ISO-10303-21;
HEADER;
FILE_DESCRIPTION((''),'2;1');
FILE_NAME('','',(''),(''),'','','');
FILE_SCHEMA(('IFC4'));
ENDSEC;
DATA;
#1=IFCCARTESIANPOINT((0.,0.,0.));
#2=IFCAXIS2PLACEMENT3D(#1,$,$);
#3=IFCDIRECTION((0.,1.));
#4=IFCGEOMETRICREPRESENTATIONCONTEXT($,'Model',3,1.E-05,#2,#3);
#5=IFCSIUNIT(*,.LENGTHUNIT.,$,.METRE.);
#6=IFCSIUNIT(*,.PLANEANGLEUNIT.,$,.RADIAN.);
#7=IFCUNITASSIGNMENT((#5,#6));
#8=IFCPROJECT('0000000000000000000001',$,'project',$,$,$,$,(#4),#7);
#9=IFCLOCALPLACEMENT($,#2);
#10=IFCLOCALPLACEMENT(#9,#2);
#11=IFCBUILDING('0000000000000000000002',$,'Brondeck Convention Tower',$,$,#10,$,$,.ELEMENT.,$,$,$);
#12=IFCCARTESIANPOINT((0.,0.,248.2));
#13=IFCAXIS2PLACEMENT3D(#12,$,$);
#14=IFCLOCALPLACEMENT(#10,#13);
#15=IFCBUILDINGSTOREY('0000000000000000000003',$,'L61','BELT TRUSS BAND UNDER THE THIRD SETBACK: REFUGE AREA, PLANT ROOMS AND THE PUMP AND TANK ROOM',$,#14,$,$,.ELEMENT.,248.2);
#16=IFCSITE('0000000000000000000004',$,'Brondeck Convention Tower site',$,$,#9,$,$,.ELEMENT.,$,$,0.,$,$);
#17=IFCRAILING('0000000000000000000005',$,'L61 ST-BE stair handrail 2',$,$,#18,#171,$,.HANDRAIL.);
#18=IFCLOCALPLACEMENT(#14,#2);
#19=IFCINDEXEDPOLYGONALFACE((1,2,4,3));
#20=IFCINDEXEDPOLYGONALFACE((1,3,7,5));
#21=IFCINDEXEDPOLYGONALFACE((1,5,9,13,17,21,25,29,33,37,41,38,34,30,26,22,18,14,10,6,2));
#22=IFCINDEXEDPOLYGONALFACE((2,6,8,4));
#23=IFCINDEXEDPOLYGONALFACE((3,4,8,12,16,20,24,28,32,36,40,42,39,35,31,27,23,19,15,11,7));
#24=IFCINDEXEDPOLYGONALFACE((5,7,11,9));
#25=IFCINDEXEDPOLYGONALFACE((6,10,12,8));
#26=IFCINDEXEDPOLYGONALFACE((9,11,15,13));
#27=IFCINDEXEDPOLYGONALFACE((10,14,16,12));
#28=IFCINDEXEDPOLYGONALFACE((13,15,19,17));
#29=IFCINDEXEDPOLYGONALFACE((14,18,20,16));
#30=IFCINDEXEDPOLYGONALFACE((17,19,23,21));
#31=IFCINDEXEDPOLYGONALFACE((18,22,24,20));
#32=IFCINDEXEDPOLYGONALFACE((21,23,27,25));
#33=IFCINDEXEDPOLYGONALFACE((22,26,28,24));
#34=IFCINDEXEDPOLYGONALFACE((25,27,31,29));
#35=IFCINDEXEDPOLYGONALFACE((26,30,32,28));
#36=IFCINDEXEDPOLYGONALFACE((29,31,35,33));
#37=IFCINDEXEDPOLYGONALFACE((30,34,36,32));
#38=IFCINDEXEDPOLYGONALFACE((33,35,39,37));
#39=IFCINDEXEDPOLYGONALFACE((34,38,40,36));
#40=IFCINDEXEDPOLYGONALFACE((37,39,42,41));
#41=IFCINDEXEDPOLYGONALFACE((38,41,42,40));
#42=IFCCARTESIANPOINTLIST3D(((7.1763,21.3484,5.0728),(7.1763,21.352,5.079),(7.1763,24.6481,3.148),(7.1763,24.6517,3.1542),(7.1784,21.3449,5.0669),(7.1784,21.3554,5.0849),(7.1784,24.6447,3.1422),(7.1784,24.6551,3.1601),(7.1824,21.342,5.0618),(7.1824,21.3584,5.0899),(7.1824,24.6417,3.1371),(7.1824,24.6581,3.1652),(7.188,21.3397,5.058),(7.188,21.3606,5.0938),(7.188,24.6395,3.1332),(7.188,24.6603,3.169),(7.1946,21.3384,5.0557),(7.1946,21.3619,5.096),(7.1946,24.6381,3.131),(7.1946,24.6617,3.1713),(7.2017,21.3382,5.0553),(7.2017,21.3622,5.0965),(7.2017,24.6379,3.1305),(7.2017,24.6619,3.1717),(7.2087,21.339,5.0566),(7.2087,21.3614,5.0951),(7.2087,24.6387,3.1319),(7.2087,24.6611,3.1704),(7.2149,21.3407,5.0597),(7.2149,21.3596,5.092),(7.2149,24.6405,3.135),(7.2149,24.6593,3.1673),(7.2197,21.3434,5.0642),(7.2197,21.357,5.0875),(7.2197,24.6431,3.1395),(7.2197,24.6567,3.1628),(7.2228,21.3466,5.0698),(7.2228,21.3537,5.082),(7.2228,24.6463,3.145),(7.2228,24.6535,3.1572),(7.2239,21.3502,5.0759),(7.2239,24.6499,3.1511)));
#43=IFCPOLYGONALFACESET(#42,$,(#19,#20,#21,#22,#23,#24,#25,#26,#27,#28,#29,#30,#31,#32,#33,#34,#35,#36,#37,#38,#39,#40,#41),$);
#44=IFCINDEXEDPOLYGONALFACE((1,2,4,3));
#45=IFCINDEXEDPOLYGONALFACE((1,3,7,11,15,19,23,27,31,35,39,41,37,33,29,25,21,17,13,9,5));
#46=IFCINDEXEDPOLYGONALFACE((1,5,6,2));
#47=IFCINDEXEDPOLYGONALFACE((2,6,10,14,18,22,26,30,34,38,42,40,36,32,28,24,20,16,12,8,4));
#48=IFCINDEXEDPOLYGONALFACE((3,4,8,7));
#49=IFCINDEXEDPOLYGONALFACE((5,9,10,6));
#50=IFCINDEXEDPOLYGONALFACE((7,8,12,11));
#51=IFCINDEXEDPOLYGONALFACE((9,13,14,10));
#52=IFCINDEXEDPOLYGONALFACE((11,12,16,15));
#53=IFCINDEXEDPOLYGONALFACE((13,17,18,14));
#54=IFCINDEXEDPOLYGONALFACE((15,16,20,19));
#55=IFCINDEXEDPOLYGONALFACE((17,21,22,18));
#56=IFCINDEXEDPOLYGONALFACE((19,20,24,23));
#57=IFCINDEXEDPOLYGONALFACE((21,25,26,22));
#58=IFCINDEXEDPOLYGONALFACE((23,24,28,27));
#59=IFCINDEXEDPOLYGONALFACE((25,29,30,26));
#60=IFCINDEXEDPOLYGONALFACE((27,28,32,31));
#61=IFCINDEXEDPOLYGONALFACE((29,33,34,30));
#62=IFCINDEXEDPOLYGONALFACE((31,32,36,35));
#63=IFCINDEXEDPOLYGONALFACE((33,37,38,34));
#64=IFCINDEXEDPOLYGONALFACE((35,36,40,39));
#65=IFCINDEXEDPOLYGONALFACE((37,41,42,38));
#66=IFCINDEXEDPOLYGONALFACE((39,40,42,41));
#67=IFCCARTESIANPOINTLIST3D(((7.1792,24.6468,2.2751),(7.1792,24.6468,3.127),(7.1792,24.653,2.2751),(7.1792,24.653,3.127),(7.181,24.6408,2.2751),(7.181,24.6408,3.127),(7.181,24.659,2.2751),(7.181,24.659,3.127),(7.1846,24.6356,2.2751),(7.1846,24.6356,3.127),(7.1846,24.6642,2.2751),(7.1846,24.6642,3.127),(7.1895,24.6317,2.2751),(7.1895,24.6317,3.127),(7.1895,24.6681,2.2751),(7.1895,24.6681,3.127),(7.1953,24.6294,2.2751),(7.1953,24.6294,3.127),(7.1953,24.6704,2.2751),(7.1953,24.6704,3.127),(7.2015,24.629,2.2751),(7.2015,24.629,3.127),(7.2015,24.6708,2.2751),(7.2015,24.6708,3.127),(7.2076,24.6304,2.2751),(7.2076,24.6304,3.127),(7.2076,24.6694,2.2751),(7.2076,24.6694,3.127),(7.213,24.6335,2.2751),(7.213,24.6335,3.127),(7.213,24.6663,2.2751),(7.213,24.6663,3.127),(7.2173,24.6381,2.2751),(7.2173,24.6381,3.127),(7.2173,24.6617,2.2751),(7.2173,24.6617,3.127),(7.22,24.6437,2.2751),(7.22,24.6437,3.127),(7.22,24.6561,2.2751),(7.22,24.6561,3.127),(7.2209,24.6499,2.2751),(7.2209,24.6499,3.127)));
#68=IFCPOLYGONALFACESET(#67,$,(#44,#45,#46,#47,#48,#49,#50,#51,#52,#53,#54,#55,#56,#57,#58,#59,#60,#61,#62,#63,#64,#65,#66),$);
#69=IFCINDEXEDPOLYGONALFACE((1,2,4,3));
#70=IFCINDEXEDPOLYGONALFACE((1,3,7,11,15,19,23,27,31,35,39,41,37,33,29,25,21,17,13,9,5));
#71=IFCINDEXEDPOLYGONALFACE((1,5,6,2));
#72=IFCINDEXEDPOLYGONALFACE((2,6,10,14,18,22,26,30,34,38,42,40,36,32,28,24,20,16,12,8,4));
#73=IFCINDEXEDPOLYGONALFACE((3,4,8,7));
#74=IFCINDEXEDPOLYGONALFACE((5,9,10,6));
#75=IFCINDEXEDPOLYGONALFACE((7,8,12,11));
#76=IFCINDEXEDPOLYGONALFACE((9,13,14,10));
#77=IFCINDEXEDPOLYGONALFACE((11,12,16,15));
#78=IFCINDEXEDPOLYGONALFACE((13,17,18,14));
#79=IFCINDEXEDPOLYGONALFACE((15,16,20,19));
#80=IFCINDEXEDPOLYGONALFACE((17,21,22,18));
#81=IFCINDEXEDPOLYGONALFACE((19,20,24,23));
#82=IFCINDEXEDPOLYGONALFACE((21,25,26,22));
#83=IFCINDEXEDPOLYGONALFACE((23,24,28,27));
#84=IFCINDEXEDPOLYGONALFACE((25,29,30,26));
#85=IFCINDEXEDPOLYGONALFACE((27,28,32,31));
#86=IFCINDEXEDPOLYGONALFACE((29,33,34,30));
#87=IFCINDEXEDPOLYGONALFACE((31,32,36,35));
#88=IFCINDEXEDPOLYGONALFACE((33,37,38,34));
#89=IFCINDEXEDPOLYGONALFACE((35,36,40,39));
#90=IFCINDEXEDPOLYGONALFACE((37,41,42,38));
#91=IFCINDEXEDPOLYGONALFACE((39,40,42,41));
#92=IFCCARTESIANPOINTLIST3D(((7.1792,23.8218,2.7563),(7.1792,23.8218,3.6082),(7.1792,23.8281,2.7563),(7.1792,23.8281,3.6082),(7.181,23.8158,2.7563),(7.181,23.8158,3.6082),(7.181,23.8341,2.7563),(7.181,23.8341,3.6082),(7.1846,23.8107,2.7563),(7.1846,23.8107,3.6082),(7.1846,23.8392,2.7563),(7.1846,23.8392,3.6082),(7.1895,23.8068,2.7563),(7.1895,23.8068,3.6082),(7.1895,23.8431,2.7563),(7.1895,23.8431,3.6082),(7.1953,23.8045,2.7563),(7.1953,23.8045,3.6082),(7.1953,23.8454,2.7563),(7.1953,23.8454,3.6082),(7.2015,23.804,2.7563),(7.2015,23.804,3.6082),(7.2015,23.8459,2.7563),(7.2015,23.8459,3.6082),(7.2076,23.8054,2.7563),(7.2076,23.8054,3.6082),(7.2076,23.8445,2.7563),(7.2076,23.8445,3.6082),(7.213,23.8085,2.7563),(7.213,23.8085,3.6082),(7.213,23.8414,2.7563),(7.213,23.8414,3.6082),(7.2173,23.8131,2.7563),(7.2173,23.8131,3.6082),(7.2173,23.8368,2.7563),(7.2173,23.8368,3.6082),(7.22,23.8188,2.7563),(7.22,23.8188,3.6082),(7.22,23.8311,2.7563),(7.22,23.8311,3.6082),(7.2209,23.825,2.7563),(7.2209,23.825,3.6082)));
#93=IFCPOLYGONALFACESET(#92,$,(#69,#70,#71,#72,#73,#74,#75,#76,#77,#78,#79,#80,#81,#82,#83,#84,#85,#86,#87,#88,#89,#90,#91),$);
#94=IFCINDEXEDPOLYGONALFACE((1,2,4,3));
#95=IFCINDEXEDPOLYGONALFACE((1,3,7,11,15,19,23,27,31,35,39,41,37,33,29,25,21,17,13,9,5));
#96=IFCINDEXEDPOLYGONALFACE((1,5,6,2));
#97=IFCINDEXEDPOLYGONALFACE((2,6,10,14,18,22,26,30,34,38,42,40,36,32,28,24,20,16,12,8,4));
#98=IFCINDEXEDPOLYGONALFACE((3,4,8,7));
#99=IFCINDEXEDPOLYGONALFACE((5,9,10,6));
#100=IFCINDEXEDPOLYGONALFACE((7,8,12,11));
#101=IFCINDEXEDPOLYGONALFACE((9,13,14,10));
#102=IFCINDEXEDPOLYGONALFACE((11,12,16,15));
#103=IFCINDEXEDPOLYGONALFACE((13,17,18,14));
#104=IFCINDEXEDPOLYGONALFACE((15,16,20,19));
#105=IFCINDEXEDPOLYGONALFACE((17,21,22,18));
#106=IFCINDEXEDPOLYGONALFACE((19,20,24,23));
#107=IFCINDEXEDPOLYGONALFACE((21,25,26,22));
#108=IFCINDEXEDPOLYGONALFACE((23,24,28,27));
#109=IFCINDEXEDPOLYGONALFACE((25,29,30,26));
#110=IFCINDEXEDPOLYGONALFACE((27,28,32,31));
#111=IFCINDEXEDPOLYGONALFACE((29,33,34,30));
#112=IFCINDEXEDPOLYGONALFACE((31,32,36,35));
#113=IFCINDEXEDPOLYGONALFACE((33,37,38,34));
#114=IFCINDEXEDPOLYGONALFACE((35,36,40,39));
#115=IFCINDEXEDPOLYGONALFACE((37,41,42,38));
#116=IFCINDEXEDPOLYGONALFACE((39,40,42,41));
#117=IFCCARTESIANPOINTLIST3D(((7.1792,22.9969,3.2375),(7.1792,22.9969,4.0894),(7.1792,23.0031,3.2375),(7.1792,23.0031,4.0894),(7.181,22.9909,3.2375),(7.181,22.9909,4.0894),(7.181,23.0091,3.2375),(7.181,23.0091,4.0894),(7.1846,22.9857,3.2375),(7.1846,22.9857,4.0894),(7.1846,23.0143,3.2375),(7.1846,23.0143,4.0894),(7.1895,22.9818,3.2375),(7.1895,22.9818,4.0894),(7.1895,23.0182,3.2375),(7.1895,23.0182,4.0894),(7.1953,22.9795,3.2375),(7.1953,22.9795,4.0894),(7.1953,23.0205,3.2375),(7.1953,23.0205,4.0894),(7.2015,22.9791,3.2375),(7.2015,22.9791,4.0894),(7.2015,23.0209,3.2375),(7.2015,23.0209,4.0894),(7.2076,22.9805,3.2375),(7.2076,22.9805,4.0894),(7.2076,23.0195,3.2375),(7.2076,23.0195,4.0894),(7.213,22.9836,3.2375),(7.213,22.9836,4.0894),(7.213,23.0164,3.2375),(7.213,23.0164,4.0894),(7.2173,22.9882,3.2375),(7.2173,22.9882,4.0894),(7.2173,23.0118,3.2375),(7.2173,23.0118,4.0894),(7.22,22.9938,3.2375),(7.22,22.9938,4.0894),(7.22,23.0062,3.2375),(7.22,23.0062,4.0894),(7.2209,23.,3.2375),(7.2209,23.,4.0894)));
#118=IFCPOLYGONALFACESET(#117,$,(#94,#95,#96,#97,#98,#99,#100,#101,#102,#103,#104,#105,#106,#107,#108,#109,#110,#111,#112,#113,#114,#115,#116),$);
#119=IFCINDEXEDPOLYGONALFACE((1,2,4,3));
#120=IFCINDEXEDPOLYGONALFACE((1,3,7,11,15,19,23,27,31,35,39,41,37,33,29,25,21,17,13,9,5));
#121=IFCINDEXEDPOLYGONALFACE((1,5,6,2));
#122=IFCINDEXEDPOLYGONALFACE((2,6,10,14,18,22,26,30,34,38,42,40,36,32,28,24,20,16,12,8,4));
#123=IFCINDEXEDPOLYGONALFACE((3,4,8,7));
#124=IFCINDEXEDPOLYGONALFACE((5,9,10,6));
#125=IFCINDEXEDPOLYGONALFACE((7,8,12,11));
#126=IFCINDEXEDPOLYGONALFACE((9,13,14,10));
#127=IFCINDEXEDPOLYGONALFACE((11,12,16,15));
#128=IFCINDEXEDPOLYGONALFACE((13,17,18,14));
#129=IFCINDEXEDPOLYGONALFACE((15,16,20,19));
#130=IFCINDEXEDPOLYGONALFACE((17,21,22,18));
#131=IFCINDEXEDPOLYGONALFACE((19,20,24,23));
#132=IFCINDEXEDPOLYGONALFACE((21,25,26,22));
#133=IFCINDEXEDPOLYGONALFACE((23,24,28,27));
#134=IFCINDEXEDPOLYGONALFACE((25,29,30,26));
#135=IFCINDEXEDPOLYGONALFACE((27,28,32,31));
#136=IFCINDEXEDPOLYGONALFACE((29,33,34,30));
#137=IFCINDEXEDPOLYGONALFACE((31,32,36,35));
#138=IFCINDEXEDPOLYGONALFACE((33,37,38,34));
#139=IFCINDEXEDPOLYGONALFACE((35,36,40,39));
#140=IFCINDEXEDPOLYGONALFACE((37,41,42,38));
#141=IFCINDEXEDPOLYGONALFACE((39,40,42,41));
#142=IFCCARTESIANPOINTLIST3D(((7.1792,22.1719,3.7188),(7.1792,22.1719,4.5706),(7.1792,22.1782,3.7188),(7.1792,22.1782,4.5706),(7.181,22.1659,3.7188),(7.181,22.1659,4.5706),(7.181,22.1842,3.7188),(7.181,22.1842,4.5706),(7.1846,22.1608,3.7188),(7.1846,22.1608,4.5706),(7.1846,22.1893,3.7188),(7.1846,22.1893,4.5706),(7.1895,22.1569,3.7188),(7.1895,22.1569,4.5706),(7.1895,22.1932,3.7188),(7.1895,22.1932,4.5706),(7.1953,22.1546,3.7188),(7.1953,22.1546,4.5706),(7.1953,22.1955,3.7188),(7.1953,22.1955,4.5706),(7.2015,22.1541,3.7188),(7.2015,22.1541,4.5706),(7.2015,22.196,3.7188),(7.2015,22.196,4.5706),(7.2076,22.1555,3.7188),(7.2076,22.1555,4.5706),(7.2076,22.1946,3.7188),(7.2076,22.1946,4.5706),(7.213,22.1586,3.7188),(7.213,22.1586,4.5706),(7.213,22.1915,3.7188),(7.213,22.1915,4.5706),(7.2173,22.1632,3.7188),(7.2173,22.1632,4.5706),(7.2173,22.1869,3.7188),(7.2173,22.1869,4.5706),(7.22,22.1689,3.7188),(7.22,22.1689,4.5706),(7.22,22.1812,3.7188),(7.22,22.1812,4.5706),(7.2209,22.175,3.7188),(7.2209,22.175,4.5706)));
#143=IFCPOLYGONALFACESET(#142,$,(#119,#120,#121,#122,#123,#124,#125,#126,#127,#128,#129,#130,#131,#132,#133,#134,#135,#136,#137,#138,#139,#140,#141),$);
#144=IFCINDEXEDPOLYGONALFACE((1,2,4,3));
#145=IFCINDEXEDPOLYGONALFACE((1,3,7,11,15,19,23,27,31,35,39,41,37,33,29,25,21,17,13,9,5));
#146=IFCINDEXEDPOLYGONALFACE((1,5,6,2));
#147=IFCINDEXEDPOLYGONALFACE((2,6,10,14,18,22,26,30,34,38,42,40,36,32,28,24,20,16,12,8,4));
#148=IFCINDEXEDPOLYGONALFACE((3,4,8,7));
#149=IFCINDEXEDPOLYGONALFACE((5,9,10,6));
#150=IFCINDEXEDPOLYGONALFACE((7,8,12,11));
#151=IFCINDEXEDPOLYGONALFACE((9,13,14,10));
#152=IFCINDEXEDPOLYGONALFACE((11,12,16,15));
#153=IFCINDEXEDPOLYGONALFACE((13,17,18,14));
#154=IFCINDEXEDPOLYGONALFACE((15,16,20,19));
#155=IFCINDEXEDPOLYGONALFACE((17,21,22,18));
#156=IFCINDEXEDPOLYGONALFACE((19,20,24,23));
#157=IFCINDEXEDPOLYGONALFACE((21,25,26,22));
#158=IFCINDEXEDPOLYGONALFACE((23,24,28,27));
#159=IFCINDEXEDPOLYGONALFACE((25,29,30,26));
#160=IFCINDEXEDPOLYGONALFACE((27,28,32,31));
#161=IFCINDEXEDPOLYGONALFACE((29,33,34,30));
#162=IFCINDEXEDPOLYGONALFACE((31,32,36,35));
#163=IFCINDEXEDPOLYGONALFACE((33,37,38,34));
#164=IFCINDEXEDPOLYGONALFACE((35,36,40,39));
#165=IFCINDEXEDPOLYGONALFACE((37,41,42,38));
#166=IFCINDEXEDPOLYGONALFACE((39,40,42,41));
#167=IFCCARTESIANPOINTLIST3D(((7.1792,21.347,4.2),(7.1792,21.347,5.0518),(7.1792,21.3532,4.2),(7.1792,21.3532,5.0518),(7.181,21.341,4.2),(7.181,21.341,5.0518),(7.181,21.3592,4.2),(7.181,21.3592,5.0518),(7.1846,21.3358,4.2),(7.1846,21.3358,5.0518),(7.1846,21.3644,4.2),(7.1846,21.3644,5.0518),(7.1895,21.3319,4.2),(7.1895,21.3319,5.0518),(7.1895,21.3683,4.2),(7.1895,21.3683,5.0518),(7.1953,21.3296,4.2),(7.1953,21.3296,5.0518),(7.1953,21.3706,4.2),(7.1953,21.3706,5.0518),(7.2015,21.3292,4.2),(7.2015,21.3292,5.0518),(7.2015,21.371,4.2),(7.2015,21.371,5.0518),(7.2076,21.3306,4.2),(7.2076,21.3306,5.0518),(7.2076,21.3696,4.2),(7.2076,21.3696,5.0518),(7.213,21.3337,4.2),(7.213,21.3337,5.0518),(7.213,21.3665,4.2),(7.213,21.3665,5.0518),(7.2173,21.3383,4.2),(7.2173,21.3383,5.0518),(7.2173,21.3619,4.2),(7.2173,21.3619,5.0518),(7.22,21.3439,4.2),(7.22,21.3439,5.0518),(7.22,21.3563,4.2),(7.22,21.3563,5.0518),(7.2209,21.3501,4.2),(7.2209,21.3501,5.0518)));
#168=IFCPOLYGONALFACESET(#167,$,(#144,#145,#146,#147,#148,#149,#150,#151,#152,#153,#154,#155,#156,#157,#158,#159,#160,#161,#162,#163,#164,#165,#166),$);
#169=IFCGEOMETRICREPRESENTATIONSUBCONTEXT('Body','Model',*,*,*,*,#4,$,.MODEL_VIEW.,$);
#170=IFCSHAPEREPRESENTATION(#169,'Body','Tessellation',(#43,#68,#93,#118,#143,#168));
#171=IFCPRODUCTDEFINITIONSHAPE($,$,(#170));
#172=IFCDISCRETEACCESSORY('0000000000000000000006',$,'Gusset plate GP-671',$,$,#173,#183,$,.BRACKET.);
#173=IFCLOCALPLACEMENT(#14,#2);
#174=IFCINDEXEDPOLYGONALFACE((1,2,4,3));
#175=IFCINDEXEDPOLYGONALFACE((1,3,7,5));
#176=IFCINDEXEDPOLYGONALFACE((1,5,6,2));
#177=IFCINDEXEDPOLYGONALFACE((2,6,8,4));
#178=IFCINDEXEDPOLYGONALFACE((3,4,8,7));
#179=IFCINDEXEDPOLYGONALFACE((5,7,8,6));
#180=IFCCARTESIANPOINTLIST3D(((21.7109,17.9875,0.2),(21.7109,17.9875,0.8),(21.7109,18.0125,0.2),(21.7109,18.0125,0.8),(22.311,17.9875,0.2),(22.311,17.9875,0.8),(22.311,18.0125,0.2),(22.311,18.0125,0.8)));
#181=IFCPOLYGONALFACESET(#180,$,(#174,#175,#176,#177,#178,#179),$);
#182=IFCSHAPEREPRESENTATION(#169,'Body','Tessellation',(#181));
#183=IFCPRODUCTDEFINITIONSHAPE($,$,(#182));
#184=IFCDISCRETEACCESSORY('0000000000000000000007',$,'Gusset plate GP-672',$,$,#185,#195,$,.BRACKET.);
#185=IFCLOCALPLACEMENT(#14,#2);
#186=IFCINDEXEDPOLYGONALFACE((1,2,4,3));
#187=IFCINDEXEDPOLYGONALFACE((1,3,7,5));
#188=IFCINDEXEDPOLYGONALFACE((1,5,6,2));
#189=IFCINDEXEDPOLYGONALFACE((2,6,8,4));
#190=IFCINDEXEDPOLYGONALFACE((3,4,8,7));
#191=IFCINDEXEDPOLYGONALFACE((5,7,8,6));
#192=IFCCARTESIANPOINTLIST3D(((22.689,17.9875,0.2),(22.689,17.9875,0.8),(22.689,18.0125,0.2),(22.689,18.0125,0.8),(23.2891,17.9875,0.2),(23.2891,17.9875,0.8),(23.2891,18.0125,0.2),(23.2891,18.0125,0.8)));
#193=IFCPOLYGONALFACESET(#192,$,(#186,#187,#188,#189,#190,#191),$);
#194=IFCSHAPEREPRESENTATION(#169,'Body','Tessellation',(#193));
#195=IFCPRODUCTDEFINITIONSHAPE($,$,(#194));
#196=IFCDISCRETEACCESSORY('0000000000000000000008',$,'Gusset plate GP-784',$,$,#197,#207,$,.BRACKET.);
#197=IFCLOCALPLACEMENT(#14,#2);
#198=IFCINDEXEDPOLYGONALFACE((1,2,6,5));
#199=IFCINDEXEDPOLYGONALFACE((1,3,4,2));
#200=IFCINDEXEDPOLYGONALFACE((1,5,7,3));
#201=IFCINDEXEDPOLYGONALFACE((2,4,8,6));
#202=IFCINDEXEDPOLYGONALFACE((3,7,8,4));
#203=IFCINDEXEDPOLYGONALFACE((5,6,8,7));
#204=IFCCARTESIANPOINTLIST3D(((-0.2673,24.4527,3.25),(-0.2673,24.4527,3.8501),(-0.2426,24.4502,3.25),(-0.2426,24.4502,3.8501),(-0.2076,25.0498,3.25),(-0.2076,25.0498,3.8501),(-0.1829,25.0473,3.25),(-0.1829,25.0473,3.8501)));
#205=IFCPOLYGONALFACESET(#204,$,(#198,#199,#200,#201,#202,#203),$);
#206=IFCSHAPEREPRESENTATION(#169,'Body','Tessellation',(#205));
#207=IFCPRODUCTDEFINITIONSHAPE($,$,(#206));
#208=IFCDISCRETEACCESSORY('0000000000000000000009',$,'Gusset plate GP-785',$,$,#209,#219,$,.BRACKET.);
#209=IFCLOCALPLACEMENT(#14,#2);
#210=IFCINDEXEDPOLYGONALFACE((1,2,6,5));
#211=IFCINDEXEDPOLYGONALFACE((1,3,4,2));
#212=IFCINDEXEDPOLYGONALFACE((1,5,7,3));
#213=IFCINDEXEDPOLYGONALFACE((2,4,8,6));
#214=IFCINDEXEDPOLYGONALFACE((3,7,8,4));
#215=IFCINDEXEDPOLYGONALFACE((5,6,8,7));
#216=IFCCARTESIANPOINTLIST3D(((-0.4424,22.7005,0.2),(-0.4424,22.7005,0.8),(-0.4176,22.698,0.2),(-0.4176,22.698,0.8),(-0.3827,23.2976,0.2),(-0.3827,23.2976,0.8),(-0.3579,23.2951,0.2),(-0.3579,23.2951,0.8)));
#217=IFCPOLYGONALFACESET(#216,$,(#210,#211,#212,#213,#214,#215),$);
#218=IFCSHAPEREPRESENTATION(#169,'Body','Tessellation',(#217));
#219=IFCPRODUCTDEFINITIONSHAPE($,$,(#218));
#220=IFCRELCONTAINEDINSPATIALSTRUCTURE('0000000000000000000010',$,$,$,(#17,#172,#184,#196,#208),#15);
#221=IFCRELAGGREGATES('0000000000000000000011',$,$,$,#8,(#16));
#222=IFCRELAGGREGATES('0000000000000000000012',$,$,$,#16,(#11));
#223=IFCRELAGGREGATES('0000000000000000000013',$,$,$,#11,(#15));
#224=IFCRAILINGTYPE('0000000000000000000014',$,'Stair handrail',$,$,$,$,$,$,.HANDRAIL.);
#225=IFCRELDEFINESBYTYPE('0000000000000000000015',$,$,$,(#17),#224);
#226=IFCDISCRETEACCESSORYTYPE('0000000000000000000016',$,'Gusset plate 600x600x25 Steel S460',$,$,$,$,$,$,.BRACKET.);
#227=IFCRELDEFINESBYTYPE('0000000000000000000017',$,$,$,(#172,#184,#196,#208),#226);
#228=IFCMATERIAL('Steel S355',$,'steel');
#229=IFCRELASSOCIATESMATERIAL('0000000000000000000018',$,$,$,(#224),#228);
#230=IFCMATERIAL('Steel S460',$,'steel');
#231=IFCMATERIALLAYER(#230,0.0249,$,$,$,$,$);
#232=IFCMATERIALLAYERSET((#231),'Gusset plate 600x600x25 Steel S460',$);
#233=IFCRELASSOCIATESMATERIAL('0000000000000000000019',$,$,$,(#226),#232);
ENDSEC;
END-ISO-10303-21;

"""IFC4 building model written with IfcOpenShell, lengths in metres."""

from ifc_helpers import new_model, si_unit, direction, frame, origin, origin_2d, place, context, subcontext, project, spatial, rectangle, circle, extrude, material, layer, layer_set, type_object, element, save


model = new_model("IFC4")

# Units and contexts
model_context = context("Model", 3, precision=1e-05, world=origin(), true_north=direction((0.0, 1.0)))
body_context = subcontext(model_context, "Body", "Model", "MODEL_VIEW")
ifc_project = project(units=[si_unit("LENGTHUNIT", "METRE"), si_unit("PLANEANGLEUNIT", "RADIAN")], contexts=[model_context])

# Site, building, storey
site_placement = place(None, origin())
site = spatial("IfcSite", under=ifc_project, at=site_placement, Name="Brondeck Convention Tower site", CompositionType="ELEMENT", RefElevation=0.0)
building_placement = place(site_placement, origin())
building = spatial("IfcBuilding", under=site, at=building_placement, Name="Brondeck Convention Tower", CompositionType="ELEMENT")
storey_placement = place(building_placement, frame((0.0, 0.0, 248.2)))
storey = spatial("IfcBuildingStorey", under=building, at=storey_placement, Name="L61", Description="BELT TRUSS BAND UNDER THE THIRD SETBACK: REFUGE AREA, PLANT ROOMS AND THE PUMP AND TANK ROOM", CompositionType="ELEMENT", Elevation=248.2)

# Shared definitions
ifc_material_1 = material(Name="Steel S460", Category="steel")

# Shared definitions
ifc_material_2 = material(Name="Steel S355", Category="steel")

# Railing
railing_type_1 = type_object("IfcRailingType", Name="Stair handrail", PredefinedType="HANDRAIL", material=ifc_material_2)
railing_1_placement = place(storey_placement, frame((7.2, 24.6499, 2.2751)))
element("IfcRailing", 1, at=railing_1_placement, inside=storey, type_object=railing_type_1, Name="L61 ST-BE stair handrail 2", PredefinedType="HANDRAIL", context=body_context, shape_type="SweptSolid", body=[
    extrude(circle(Radius=0.0239, at=origin_2d()), frame((0.0, 0.0, 0.876), z_axis=(0.0, -0.863788, 0.503855), x_axis=(1.0, 0.0, 0.0)), (0.0, 0.0, 1.0), 3.8201),
    extrude(circle(Radius=0.021, at=origin_2d()), origin(), (0.0, 0.0, 1.0), 0.8518),
    extrude(circle(Radius=0.021, at=origin_2d()), frame((0.0, -0.825, 0.4812)), (0.0, 0.0, 1.0), 0.8518),
    extrude(circle(Radius=0.021, at=origin_2d()), frame((0.0, -1.6499, 0.9624)), (0.0, 0.0, 1.0), 0.8518),
    extrude(circle(Radius=0.021, at=origin_2d()), frame((0.0, -2.4749, 1.4436)), (0.0, 0.0, 1.0), 0.8518),
    extrude(circle(Radius=0.021, at=origin_2d()), frame((0.0, -3.2998, 1.9248)), (0.0, 0.0, 1.0), 0.8518),
])

# Discrete accessories
ifc_layer_1 = layer(ifc_material_1, 0.0249)
ifc_layer_set_1 = layer_set([ifc_layer_1], Name="Gusset plate 600x600x25 Steel S460")
discrete_accessory_type = type_object("IfcDiscreteAccessoryType", Name="Gusset plate 600x600x25 Steel S460", PredefinedType="BRACKET", material=ifc_layer_set_1)
for number, where, z_axis, x_axis, name in (
    (2, (22.011, 18.0, 0.2), (0.0, 0.0, 1.0), (1.0, 0.0, 0.0), "Gusset plate GP-671"),
    (3, (22.989, 18.0, 0.2), (0.0, 0.0, 1.0), (1.0, 0.0, 0.0), "Gusset plate GP-672"),
    (4, (-0.2251, 24.75, 3.25), (0.0, 0.0, 1.0), (0.099511, 0.995036, 0.0), "Gusset plate GP-784"),
    (5, (-0.4001, 22.9978, 0.2), (0.0, 0.0, 1.0), (0.099511, 0.995036, 0.0), "Gusset plate GP-785"),
):
    element("IfcDiscreteAccessory", number, at=place(storey_placement, frame(where, z_axis=z_axis, x_axis=x_axis)), inside=storey, type_object=discrete_accessory_type, Name=name, PredefinedType="BRACKET", context=body_context, shape_type="SweptSolid", body=[
        extrude(rectangle(XDim=0.6001, YDim=0.0249, at=origin_2d()), origin(), (0.0, 0.0, 1.0), 0.6001),
    ])

save(model, "model.ifc")
